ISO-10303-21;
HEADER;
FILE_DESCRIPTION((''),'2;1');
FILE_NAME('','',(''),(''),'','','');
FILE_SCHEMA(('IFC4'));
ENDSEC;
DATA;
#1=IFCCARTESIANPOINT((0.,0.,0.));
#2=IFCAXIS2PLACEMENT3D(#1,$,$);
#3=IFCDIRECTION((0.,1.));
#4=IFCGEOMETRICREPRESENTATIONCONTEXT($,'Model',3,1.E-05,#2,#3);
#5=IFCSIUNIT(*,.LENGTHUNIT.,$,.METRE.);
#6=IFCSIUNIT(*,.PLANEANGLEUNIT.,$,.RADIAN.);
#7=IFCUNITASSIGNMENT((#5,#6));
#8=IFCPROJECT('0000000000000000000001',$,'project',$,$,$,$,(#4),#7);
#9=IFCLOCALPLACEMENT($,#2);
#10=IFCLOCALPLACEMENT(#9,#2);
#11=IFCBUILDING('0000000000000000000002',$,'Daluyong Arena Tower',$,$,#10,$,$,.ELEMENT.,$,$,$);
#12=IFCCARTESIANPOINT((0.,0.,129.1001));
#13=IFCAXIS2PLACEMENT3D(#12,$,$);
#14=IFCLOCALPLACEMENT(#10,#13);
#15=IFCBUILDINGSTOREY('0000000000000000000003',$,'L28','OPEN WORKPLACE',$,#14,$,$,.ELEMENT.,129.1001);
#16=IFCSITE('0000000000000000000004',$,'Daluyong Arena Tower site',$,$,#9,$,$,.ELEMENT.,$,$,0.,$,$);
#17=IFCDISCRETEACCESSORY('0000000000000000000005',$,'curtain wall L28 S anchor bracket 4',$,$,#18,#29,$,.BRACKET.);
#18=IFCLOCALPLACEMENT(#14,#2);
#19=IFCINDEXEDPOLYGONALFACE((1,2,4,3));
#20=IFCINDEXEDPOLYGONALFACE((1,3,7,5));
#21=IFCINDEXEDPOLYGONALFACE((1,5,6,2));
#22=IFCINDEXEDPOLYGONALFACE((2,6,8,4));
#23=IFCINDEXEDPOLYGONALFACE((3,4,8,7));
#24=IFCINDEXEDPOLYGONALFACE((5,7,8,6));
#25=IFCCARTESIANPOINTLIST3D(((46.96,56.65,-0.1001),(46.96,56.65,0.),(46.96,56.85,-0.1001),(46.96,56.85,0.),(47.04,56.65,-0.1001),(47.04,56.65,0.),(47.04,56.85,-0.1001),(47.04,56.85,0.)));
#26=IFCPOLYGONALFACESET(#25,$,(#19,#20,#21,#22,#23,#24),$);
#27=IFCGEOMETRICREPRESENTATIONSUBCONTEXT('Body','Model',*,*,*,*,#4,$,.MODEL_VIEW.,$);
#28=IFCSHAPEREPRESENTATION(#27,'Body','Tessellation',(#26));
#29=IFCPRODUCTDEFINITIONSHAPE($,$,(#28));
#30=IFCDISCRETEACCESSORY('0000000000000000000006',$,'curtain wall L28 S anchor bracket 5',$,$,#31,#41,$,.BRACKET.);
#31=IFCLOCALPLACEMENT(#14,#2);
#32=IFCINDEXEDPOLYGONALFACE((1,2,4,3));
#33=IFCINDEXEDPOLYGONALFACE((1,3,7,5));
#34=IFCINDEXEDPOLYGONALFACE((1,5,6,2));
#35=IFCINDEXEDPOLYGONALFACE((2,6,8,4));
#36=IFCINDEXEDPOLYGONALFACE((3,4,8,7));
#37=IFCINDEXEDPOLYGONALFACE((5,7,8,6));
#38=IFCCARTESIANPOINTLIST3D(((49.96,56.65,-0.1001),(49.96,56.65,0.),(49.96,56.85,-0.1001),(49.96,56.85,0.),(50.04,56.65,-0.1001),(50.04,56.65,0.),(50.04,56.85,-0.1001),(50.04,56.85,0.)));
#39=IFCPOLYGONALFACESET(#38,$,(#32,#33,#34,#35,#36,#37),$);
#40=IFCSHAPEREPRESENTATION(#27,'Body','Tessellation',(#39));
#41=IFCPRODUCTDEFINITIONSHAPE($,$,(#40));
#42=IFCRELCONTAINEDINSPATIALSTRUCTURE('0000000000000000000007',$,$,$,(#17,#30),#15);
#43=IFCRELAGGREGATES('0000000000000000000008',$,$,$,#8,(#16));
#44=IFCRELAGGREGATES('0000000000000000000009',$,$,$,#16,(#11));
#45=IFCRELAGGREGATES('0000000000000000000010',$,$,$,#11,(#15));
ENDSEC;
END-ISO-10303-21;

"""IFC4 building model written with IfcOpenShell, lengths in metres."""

from ifc_helpers import new_model, si_unit, direction, frame, origin, origin_2d, place, context, subcontext, project, spatial, rectangle, extrude, element, save


model = new_model("IFC4")

# Units and contexts
model_context = context("Model", 3, precision=1e-05, world=origin(), true_north=direction((0.0, 1.0)))
body_context = subcontext(model_context, "Body", "Model", "MODEL_VIEW")
ifc_project = project(units=[si_unit("LENGTHUNIT", "METRE"), si_unit("PLANEANGLEUNIT", "RADIAN")], contexts=[model_context])

# Site, building, storey
site_placement = place(None, origin())
site = spatial("IfcSite", under=ifc_project, at=site_placement, Name="Daluyong Arena Tower site", CompositionType="ELEMENT", RefElevation=0.0)
building_placement = place(site_placement, origin())
building = spatial("IfcBuilding", under=site, at=building_placement, Name="Daluyong Arena Tower", CompositionType="ELEMENT")
storey_placement = place(building_placement, frame((0.0, 0.0, 129.1001)))
storey = spatial("IfcBuildingStorey", under=building, at=storey_placement, Name="L28", Description="OPEN WORKPLACE", CompositionType="ELEMENT", Elevation=129.1001)

# Discrete accessories
for number, where, z_axis, x_axis, name in (
    (1, (47.0, 56.75, -0.1001), (0.0, 0.0, 1.0), (1.0, 0.0, 0.0), "curtain wall L28 S anchor bracket 4"),
    (2, (50.0, 56.75, -0.1001), (0.0, 0.0, 1.0), (1.0, 0.0, 0.0), "curtain wall L28 S anchor bracket 5"),
):
    element("IfcDiscreteAccessory", number, at=place(storey_placement, frame(where, z_axis=z_axis, x_axis=x_axis)), inside=storey, Name=name, PredefinedType="BRACKET", context=body_context, shape_type="SweptSolid", body=[
        extrude(rectangle(XDim=0.0801, YDim=0.2, at=origin_2d()), origin(), (0.0, 0.0, 1.0), 0.1001),
    ])

save(model, "model.ifc")
